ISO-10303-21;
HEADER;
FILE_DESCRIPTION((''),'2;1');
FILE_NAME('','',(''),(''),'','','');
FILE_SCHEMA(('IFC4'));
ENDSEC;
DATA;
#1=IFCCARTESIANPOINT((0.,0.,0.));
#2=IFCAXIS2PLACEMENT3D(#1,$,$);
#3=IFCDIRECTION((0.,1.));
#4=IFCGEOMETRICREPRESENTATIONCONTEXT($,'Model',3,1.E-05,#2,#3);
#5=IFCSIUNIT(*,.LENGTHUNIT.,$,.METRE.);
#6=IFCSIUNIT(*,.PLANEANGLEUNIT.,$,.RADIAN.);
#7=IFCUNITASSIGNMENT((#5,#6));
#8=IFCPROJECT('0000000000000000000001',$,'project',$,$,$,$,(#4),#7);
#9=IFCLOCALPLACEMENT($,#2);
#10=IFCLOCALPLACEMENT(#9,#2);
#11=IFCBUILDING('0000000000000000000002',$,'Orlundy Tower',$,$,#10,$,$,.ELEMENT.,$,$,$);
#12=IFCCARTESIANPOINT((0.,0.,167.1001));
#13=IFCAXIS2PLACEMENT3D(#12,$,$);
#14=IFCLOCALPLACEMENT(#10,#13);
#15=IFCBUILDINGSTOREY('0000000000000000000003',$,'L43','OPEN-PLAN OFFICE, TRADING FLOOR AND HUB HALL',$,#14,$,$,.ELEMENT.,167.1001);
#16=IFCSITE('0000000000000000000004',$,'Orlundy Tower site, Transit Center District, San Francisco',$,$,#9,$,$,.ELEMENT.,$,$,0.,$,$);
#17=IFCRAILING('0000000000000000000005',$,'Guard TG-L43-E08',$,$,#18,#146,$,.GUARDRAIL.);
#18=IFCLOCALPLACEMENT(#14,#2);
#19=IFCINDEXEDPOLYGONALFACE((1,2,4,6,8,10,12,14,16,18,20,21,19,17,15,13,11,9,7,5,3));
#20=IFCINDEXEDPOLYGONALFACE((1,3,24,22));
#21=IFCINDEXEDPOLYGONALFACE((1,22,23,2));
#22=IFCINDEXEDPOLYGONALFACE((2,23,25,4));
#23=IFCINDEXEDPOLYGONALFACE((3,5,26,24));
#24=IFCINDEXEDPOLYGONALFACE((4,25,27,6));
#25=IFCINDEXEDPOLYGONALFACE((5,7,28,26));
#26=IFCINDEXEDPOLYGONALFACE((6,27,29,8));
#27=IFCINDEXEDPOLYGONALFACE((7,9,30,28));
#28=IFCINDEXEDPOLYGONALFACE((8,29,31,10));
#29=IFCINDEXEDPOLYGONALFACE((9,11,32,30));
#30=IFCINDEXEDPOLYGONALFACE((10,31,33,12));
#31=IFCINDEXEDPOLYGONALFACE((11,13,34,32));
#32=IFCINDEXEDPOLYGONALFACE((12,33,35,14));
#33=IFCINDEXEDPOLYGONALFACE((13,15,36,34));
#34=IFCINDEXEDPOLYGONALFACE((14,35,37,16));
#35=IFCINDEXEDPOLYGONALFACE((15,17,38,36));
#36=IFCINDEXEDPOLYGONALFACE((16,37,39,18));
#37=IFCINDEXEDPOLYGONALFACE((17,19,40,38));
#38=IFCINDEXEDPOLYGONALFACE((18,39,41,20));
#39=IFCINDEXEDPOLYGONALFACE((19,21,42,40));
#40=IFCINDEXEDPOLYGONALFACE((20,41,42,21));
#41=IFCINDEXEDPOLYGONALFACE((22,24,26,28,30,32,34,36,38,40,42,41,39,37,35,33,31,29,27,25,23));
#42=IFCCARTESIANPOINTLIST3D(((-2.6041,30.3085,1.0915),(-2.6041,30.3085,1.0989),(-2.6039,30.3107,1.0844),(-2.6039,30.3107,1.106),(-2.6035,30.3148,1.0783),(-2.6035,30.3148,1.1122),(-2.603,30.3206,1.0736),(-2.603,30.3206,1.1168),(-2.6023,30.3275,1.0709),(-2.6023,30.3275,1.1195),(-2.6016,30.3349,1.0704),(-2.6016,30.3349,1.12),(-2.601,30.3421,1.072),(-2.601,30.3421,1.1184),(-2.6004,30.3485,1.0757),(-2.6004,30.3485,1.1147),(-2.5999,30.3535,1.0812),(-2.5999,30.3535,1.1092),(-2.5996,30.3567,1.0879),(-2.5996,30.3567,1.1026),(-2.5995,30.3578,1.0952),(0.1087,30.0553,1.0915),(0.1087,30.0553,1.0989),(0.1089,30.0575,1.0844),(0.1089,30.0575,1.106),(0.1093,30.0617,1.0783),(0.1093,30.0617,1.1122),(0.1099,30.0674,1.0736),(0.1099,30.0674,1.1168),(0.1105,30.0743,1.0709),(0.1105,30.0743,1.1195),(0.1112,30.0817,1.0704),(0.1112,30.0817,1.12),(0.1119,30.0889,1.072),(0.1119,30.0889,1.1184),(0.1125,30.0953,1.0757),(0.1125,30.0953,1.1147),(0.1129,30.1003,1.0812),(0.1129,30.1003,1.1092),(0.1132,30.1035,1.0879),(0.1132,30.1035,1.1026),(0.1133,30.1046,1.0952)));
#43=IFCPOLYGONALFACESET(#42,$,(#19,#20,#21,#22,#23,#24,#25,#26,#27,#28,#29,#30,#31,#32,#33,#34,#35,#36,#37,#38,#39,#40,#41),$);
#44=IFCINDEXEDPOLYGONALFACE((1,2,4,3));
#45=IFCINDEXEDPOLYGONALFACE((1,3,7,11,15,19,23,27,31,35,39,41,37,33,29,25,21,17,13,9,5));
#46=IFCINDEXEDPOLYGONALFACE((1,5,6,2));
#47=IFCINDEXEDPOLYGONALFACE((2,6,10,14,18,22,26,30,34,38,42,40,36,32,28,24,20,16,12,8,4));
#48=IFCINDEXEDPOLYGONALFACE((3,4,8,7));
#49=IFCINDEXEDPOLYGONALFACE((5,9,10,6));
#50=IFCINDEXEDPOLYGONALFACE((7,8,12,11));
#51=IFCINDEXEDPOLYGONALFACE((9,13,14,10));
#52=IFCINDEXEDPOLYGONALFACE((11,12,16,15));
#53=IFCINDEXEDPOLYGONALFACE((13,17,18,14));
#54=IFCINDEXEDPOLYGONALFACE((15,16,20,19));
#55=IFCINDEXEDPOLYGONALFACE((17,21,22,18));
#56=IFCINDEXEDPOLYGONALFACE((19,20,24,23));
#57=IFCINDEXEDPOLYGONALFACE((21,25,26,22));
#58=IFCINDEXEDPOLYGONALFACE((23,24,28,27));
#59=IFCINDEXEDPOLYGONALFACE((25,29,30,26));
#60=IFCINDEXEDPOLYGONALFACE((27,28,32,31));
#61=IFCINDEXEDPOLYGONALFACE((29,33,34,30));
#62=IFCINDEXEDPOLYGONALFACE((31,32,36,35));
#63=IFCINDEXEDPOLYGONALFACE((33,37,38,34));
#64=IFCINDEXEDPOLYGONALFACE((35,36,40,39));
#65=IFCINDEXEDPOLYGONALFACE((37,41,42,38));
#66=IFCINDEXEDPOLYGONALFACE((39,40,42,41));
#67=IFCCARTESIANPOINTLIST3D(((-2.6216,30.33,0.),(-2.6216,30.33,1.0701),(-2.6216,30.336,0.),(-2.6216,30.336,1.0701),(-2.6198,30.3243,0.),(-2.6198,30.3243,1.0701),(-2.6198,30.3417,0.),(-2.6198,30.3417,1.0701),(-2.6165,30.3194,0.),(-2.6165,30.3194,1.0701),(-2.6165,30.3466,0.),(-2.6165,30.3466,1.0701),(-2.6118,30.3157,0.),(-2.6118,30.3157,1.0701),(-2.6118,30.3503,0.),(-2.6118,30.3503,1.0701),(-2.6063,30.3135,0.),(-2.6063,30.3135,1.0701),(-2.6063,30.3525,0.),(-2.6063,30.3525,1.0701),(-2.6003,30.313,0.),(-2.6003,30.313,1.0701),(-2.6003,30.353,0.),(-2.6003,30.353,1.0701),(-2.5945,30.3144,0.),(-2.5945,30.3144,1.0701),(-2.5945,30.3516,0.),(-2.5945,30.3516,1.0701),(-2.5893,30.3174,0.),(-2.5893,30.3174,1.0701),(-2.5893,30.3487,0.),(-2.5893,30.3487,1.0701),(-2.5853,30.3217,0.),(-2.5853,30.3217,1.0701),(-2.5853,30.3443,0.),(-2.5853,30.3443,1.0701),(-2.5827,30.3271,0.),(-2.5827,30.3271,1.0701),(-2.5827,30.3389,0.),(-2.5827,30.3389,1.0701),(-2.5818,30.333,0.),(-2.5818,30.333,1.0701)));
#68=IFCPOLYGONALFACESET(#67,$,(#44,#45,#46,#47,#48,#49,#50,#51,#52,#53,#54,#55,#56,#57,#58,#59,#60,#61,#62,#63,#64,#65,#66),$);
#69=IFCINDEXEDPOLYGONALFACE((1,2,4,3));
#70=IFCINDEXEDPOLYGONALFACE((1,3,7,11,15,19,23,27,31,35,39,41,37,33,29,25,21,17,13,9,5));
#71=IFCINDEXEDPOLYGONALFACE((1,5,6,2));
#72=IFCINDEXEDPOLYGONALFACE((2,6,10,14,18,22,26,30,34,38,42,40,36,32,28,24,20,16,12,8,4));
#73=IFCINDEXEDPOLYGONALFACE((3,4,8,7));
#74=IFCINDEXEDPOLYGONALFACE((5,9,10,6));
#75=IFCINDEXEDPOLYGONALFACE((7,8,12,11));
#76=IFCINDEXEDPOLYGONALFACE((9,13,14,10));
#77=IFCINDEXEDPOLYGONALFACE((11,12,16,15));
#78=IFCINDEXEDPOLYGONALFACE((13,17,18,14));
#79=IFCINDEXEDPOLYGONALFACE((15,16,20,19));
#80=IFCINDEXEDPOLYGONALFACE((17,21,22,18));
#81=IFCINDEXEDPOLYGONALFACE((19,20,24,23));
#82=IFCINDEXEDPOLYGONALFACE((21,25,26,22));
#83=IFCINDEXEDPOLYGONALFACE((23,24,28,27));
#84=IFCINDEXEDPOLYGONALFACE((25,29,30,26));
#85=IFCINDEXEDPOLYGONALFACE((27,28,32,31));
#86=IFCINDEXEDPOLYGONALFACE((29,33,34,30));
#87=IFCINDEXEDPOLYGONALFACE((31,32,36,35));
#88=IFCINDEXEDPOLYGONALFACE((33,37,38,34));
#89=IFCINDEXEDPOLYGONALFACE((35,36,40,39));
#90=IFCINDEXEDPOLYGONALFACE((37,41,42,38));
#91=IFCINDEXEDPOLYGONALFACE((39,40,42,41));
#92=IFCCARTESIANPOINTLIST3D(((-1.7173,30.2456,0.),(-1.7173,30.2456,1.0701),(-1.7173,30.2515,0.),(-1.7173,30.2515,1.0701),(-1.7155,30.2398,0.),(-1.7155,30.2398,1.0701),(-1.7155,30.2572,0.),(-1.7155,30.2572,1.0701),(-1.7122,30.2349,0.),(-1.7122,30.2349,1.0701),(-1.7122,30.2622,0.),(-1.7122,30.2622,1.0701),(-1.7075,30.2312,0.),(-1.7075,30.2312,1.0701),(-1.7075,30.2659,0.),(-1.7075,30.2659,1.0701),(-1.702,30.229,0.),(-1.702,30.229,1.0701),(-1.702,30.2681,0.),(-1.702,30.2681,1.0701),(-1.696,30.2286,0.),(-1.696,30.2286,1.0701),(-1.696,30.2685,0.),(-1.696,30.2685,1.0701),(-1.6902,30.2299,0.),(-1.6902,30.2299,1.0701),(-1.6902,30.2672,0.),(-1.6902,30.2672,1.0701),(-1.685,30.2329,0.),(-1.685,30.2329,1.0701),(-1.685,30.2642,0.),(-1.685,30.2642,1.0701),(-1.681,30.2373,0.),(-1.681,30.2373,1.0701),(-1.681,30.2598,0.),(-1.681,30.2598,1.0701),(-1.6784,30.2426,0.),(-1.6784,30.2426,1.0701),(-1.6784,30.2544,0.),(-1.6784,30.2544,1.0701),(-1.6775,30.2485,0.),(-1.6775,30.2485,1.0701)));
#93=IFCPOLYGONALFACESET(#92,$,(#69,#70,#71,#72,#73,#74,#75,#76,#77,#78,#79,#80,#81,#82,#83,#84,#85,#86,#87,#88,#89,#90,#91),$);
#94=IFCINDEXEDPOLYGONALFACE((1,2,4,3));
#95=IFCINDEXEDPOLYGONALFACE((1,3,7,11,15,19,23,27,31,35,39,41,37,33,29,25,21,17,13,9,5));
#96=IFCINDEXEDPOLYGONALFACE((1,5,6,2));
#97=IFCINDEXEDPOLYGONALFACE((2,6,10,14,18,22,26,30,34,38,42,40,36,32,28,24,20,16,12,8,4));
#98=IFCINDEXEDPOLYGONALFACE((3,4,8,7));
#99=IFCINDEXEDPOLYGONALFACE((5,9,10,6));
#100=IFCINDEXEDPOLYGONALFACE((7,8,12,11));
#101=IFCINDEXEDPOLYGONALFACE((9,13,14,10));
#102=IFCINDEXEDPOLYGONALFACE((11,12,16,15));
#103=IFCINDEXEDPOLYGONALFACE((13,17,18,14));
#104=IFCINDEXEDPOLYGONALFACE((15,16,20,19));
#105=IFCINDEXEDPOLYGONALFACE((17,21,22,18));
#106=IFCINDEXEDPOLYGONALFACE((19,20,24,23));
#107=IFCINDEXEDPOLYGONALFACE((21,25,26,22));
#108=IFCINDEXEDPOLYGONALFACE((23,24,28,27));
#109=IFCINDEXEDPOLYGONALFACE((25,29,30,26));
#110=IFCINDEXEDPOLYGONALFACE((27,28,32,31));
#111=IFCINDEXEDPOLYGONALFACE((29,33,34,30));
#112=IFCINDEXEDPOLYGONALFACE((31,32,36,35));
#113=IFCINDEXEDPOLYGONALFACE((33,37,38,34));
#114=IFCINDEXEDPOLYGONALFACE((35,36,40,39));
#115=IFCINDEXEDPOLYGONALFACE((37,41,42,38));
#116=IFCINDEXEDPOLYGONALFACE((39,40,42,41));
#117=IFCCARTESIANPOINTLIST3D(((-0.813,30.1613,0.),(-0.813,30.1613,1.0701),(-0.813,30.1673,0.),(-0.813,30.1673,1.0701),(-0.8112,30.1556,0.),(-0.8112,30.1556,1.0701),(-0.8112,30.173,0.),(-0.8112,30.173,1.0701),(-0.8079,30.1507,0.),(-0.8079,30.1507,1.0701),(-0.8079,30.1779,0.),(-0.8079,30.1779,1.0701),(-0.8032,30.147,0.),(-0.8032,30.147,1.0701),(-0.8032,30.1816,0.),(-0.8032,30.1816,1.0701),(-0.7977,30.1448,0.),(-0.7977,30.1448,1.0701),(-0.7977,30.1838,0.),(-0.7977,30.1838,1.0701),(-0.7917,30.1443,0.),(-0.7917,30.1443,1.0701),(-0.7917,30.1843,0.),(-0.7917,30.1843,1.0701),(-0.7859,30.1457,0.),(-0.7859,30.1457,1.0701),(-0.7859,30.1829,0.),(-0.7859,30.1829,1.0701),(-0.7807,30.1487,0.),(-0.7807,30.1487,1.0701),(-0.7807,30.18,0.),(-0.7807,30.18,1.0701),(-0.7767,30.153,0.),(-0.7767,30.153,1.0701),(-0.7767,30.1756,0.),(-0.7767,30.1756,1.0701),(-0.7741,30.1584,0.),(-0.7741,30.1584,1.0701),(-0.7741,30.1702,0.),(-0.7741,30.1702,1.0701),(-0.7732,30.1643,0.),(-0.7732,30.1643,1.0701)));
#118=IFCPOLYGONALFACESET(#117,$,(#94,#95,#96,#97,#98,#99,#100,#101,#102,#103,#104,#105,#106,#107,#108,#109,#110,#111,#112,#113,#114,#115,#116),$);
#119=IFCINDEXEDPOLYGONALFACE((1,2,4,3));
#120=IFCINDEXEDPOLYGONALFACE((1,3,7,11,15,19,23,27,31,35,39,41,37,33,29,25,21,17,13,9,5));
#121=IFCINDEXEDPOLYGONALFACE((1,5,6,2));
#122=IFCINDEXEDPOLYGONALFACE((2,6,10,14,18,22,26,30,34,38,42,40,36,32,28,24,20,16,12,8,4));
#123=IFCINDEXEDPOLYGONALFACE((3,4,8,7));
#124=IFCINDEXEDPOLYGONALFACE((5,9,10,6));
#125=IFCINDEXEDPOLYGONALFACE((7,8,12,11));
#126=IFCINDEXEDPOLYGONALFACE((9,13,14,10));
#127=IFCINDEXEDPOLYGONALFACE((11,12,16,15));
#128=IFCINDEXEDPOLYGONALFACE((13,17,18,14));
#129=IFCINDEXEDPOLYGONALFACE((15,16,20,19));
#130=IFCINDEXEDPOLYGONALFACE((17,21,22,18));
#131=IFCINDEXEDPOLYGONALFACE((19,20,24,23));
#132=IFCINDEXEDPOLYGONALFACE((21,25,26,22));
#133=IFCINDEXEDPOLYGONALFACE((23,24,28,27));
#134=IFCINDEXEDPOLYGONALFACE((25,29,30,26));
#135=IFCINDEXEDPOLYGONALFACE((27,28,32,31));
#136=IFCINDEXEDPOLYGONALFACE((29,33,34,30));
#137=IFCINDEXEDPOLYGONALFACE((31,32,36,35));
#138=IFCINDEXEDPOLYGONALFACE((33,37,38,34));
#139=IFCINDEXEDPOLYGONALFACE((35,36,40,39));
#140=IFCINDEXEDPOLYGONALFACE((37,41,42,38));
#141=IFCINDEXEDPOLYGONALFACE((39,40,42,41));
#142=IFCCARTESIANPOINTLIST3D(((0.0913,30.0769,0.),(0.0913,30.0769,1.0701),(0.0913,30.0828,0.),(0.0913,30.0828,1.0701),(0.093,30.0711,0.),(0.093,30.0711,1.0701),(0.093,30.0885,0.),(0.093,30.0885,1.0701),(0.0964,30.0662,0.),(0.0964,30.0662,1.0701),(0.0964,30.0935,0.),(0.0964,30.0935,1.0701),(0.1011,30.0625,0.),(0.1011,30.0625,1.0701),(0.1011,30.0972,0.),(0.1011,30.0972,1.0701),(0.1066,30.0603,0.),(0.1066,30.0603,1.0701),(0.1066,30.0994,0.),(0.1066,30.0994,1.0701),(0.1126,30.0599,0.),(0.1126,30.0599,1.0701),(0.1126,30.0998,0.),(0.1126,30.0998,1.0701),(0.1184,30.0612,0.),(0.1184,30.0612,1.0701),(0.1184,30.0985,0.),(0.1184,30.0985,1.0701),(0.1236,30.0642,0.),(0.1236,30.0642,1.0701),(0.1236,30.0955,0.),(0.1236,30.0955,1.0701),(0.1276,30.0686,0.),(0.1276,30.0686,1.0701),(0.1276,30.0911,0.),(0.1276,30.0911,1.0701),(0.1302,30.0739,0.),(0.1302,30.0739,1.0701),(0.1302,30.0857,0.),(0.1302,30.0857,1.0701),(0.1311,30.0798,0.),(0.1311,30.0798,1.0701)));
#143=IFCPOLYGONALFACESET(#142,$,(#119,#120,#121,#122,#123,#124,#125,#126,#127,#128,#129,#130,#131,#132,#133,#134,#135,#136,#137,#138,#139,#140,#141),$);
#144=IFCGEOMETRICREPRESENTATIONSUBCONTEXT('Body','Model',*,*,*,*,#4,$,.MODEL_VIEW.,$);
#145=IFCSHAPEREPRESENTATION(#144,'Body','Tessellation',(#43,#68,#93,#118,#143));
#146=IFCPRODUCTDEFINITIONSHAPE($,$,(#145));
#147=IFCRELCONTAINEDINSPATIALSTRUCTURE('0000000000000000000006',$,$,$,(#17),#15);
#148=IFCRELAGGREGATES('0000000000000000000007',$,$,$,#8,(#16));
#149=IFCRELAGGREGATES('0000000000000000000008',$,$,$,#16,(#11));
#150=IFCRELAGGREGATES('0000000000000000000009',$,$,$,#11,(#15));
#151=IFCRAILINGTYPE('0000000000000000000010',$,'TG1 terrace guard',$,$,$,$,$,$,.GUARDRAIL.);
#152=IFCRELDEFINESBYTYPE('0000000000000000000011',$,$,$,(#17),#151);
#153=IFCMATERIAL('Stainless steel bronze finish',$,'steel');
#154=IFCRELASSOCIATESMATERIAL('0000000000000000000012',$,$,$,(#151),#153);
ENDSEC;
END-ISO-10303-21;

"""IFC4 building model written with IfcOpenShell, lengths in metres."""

from ifc_helpers import new_model, si_unit, direction, frame, origin, origin_2d, place, context, subcontext, project, spatial, circle, extrude, material, type_object, element, save


model = new_model("IFC4")

# Units and contexts
model_context = context("Model", 3, precision=1e-05, world=origin(), true_north=direction((0.0, 1.0)))
body_context = subcontext(model_context, "Body", "Model", "MODEL_VIEW")
ifc_project = project(units=[si_unit("LENGTHUNIT", "METRE"), si_unit("PLANEANGLEUNIT", "RADIAN")], contexts=[model_context])

# Site, building, storey
site_placement = place(None, origin())
site = spatial("IfcSite", under=ifc_project, at=site_placement, Name="Orlundy Tower site, Transit Center District, San Francisco", CompositionType="ELEMENT", RefElevation=0.0)
building_placement = place(site_placement, origin())
building = spatial("IfcBuilding", under=site, at=building_placement, Name="Orlundy Tower", CompositionType="ELEMENT")
storey_placement = place(building_placement, frame((0.0, 0.0, 167.1001)))
storey = spatial("IfcBuildingStorey", under=building, at=storey_placement, Name="L43", Description="OPEN-PLAN OFFICE, TRADING FLOOR AND HUB HALL", CompositionType="ELEMENT", Elevation=167.1001)

# Railing
ifc_material_1 = material(Name="Stainless steel bronze finish", Category="steel")
railing_type_1 = type_object("IfcRailingType", Name="TG1 terrace guard", PredefinedType="GUARDRAIL", material=ifc_material_1)
railing_1_placement = place(storey_placement, frame((-2.6018, 30.333, 0.0)))
element("IfcRailing", 1, at=railing_1_placement, inside=storey, type_object=railing_type_1, Name="Guard TG-L43-E08", PredefinedType="GUARDRAIL", context=body_context, shape_type="SweptSolid", body=[
    extrude(circle(Radius=0.0249, at=origin_2d()), frame((0.0, 0.0, 1.0952), z_axis=(0.995674, -0.092919, 0.0), x_axis=(0.092919, 0.995674, 0.0)), (0.0, 0.0, 1.0), 2.7246),
    extrude(circle(Radius=0.02, at=origin_2d()), origin(), (0.0, 0.0, 1.0), 1.0701),
    extrude(circle(Radius=0.02, at=origin_2d()), frame((0.9043, -0.0845, 0.0)), (0.0, 0.0, 1.0), 1.0701),
    extrude(circle(Radius=0.02, at=origin_2d()), frame((1.8086, -0.1687, 0.0)), (0.0, 0.0, 1.0), 1.0701),
    extrude(circle(Radius=0.02, at=origin_2d()), frame((2.7129, -0.2532, 0.0)), (0.0, 0.0, 1.0), 1.0701),
])

save(model, "model.ifc")
